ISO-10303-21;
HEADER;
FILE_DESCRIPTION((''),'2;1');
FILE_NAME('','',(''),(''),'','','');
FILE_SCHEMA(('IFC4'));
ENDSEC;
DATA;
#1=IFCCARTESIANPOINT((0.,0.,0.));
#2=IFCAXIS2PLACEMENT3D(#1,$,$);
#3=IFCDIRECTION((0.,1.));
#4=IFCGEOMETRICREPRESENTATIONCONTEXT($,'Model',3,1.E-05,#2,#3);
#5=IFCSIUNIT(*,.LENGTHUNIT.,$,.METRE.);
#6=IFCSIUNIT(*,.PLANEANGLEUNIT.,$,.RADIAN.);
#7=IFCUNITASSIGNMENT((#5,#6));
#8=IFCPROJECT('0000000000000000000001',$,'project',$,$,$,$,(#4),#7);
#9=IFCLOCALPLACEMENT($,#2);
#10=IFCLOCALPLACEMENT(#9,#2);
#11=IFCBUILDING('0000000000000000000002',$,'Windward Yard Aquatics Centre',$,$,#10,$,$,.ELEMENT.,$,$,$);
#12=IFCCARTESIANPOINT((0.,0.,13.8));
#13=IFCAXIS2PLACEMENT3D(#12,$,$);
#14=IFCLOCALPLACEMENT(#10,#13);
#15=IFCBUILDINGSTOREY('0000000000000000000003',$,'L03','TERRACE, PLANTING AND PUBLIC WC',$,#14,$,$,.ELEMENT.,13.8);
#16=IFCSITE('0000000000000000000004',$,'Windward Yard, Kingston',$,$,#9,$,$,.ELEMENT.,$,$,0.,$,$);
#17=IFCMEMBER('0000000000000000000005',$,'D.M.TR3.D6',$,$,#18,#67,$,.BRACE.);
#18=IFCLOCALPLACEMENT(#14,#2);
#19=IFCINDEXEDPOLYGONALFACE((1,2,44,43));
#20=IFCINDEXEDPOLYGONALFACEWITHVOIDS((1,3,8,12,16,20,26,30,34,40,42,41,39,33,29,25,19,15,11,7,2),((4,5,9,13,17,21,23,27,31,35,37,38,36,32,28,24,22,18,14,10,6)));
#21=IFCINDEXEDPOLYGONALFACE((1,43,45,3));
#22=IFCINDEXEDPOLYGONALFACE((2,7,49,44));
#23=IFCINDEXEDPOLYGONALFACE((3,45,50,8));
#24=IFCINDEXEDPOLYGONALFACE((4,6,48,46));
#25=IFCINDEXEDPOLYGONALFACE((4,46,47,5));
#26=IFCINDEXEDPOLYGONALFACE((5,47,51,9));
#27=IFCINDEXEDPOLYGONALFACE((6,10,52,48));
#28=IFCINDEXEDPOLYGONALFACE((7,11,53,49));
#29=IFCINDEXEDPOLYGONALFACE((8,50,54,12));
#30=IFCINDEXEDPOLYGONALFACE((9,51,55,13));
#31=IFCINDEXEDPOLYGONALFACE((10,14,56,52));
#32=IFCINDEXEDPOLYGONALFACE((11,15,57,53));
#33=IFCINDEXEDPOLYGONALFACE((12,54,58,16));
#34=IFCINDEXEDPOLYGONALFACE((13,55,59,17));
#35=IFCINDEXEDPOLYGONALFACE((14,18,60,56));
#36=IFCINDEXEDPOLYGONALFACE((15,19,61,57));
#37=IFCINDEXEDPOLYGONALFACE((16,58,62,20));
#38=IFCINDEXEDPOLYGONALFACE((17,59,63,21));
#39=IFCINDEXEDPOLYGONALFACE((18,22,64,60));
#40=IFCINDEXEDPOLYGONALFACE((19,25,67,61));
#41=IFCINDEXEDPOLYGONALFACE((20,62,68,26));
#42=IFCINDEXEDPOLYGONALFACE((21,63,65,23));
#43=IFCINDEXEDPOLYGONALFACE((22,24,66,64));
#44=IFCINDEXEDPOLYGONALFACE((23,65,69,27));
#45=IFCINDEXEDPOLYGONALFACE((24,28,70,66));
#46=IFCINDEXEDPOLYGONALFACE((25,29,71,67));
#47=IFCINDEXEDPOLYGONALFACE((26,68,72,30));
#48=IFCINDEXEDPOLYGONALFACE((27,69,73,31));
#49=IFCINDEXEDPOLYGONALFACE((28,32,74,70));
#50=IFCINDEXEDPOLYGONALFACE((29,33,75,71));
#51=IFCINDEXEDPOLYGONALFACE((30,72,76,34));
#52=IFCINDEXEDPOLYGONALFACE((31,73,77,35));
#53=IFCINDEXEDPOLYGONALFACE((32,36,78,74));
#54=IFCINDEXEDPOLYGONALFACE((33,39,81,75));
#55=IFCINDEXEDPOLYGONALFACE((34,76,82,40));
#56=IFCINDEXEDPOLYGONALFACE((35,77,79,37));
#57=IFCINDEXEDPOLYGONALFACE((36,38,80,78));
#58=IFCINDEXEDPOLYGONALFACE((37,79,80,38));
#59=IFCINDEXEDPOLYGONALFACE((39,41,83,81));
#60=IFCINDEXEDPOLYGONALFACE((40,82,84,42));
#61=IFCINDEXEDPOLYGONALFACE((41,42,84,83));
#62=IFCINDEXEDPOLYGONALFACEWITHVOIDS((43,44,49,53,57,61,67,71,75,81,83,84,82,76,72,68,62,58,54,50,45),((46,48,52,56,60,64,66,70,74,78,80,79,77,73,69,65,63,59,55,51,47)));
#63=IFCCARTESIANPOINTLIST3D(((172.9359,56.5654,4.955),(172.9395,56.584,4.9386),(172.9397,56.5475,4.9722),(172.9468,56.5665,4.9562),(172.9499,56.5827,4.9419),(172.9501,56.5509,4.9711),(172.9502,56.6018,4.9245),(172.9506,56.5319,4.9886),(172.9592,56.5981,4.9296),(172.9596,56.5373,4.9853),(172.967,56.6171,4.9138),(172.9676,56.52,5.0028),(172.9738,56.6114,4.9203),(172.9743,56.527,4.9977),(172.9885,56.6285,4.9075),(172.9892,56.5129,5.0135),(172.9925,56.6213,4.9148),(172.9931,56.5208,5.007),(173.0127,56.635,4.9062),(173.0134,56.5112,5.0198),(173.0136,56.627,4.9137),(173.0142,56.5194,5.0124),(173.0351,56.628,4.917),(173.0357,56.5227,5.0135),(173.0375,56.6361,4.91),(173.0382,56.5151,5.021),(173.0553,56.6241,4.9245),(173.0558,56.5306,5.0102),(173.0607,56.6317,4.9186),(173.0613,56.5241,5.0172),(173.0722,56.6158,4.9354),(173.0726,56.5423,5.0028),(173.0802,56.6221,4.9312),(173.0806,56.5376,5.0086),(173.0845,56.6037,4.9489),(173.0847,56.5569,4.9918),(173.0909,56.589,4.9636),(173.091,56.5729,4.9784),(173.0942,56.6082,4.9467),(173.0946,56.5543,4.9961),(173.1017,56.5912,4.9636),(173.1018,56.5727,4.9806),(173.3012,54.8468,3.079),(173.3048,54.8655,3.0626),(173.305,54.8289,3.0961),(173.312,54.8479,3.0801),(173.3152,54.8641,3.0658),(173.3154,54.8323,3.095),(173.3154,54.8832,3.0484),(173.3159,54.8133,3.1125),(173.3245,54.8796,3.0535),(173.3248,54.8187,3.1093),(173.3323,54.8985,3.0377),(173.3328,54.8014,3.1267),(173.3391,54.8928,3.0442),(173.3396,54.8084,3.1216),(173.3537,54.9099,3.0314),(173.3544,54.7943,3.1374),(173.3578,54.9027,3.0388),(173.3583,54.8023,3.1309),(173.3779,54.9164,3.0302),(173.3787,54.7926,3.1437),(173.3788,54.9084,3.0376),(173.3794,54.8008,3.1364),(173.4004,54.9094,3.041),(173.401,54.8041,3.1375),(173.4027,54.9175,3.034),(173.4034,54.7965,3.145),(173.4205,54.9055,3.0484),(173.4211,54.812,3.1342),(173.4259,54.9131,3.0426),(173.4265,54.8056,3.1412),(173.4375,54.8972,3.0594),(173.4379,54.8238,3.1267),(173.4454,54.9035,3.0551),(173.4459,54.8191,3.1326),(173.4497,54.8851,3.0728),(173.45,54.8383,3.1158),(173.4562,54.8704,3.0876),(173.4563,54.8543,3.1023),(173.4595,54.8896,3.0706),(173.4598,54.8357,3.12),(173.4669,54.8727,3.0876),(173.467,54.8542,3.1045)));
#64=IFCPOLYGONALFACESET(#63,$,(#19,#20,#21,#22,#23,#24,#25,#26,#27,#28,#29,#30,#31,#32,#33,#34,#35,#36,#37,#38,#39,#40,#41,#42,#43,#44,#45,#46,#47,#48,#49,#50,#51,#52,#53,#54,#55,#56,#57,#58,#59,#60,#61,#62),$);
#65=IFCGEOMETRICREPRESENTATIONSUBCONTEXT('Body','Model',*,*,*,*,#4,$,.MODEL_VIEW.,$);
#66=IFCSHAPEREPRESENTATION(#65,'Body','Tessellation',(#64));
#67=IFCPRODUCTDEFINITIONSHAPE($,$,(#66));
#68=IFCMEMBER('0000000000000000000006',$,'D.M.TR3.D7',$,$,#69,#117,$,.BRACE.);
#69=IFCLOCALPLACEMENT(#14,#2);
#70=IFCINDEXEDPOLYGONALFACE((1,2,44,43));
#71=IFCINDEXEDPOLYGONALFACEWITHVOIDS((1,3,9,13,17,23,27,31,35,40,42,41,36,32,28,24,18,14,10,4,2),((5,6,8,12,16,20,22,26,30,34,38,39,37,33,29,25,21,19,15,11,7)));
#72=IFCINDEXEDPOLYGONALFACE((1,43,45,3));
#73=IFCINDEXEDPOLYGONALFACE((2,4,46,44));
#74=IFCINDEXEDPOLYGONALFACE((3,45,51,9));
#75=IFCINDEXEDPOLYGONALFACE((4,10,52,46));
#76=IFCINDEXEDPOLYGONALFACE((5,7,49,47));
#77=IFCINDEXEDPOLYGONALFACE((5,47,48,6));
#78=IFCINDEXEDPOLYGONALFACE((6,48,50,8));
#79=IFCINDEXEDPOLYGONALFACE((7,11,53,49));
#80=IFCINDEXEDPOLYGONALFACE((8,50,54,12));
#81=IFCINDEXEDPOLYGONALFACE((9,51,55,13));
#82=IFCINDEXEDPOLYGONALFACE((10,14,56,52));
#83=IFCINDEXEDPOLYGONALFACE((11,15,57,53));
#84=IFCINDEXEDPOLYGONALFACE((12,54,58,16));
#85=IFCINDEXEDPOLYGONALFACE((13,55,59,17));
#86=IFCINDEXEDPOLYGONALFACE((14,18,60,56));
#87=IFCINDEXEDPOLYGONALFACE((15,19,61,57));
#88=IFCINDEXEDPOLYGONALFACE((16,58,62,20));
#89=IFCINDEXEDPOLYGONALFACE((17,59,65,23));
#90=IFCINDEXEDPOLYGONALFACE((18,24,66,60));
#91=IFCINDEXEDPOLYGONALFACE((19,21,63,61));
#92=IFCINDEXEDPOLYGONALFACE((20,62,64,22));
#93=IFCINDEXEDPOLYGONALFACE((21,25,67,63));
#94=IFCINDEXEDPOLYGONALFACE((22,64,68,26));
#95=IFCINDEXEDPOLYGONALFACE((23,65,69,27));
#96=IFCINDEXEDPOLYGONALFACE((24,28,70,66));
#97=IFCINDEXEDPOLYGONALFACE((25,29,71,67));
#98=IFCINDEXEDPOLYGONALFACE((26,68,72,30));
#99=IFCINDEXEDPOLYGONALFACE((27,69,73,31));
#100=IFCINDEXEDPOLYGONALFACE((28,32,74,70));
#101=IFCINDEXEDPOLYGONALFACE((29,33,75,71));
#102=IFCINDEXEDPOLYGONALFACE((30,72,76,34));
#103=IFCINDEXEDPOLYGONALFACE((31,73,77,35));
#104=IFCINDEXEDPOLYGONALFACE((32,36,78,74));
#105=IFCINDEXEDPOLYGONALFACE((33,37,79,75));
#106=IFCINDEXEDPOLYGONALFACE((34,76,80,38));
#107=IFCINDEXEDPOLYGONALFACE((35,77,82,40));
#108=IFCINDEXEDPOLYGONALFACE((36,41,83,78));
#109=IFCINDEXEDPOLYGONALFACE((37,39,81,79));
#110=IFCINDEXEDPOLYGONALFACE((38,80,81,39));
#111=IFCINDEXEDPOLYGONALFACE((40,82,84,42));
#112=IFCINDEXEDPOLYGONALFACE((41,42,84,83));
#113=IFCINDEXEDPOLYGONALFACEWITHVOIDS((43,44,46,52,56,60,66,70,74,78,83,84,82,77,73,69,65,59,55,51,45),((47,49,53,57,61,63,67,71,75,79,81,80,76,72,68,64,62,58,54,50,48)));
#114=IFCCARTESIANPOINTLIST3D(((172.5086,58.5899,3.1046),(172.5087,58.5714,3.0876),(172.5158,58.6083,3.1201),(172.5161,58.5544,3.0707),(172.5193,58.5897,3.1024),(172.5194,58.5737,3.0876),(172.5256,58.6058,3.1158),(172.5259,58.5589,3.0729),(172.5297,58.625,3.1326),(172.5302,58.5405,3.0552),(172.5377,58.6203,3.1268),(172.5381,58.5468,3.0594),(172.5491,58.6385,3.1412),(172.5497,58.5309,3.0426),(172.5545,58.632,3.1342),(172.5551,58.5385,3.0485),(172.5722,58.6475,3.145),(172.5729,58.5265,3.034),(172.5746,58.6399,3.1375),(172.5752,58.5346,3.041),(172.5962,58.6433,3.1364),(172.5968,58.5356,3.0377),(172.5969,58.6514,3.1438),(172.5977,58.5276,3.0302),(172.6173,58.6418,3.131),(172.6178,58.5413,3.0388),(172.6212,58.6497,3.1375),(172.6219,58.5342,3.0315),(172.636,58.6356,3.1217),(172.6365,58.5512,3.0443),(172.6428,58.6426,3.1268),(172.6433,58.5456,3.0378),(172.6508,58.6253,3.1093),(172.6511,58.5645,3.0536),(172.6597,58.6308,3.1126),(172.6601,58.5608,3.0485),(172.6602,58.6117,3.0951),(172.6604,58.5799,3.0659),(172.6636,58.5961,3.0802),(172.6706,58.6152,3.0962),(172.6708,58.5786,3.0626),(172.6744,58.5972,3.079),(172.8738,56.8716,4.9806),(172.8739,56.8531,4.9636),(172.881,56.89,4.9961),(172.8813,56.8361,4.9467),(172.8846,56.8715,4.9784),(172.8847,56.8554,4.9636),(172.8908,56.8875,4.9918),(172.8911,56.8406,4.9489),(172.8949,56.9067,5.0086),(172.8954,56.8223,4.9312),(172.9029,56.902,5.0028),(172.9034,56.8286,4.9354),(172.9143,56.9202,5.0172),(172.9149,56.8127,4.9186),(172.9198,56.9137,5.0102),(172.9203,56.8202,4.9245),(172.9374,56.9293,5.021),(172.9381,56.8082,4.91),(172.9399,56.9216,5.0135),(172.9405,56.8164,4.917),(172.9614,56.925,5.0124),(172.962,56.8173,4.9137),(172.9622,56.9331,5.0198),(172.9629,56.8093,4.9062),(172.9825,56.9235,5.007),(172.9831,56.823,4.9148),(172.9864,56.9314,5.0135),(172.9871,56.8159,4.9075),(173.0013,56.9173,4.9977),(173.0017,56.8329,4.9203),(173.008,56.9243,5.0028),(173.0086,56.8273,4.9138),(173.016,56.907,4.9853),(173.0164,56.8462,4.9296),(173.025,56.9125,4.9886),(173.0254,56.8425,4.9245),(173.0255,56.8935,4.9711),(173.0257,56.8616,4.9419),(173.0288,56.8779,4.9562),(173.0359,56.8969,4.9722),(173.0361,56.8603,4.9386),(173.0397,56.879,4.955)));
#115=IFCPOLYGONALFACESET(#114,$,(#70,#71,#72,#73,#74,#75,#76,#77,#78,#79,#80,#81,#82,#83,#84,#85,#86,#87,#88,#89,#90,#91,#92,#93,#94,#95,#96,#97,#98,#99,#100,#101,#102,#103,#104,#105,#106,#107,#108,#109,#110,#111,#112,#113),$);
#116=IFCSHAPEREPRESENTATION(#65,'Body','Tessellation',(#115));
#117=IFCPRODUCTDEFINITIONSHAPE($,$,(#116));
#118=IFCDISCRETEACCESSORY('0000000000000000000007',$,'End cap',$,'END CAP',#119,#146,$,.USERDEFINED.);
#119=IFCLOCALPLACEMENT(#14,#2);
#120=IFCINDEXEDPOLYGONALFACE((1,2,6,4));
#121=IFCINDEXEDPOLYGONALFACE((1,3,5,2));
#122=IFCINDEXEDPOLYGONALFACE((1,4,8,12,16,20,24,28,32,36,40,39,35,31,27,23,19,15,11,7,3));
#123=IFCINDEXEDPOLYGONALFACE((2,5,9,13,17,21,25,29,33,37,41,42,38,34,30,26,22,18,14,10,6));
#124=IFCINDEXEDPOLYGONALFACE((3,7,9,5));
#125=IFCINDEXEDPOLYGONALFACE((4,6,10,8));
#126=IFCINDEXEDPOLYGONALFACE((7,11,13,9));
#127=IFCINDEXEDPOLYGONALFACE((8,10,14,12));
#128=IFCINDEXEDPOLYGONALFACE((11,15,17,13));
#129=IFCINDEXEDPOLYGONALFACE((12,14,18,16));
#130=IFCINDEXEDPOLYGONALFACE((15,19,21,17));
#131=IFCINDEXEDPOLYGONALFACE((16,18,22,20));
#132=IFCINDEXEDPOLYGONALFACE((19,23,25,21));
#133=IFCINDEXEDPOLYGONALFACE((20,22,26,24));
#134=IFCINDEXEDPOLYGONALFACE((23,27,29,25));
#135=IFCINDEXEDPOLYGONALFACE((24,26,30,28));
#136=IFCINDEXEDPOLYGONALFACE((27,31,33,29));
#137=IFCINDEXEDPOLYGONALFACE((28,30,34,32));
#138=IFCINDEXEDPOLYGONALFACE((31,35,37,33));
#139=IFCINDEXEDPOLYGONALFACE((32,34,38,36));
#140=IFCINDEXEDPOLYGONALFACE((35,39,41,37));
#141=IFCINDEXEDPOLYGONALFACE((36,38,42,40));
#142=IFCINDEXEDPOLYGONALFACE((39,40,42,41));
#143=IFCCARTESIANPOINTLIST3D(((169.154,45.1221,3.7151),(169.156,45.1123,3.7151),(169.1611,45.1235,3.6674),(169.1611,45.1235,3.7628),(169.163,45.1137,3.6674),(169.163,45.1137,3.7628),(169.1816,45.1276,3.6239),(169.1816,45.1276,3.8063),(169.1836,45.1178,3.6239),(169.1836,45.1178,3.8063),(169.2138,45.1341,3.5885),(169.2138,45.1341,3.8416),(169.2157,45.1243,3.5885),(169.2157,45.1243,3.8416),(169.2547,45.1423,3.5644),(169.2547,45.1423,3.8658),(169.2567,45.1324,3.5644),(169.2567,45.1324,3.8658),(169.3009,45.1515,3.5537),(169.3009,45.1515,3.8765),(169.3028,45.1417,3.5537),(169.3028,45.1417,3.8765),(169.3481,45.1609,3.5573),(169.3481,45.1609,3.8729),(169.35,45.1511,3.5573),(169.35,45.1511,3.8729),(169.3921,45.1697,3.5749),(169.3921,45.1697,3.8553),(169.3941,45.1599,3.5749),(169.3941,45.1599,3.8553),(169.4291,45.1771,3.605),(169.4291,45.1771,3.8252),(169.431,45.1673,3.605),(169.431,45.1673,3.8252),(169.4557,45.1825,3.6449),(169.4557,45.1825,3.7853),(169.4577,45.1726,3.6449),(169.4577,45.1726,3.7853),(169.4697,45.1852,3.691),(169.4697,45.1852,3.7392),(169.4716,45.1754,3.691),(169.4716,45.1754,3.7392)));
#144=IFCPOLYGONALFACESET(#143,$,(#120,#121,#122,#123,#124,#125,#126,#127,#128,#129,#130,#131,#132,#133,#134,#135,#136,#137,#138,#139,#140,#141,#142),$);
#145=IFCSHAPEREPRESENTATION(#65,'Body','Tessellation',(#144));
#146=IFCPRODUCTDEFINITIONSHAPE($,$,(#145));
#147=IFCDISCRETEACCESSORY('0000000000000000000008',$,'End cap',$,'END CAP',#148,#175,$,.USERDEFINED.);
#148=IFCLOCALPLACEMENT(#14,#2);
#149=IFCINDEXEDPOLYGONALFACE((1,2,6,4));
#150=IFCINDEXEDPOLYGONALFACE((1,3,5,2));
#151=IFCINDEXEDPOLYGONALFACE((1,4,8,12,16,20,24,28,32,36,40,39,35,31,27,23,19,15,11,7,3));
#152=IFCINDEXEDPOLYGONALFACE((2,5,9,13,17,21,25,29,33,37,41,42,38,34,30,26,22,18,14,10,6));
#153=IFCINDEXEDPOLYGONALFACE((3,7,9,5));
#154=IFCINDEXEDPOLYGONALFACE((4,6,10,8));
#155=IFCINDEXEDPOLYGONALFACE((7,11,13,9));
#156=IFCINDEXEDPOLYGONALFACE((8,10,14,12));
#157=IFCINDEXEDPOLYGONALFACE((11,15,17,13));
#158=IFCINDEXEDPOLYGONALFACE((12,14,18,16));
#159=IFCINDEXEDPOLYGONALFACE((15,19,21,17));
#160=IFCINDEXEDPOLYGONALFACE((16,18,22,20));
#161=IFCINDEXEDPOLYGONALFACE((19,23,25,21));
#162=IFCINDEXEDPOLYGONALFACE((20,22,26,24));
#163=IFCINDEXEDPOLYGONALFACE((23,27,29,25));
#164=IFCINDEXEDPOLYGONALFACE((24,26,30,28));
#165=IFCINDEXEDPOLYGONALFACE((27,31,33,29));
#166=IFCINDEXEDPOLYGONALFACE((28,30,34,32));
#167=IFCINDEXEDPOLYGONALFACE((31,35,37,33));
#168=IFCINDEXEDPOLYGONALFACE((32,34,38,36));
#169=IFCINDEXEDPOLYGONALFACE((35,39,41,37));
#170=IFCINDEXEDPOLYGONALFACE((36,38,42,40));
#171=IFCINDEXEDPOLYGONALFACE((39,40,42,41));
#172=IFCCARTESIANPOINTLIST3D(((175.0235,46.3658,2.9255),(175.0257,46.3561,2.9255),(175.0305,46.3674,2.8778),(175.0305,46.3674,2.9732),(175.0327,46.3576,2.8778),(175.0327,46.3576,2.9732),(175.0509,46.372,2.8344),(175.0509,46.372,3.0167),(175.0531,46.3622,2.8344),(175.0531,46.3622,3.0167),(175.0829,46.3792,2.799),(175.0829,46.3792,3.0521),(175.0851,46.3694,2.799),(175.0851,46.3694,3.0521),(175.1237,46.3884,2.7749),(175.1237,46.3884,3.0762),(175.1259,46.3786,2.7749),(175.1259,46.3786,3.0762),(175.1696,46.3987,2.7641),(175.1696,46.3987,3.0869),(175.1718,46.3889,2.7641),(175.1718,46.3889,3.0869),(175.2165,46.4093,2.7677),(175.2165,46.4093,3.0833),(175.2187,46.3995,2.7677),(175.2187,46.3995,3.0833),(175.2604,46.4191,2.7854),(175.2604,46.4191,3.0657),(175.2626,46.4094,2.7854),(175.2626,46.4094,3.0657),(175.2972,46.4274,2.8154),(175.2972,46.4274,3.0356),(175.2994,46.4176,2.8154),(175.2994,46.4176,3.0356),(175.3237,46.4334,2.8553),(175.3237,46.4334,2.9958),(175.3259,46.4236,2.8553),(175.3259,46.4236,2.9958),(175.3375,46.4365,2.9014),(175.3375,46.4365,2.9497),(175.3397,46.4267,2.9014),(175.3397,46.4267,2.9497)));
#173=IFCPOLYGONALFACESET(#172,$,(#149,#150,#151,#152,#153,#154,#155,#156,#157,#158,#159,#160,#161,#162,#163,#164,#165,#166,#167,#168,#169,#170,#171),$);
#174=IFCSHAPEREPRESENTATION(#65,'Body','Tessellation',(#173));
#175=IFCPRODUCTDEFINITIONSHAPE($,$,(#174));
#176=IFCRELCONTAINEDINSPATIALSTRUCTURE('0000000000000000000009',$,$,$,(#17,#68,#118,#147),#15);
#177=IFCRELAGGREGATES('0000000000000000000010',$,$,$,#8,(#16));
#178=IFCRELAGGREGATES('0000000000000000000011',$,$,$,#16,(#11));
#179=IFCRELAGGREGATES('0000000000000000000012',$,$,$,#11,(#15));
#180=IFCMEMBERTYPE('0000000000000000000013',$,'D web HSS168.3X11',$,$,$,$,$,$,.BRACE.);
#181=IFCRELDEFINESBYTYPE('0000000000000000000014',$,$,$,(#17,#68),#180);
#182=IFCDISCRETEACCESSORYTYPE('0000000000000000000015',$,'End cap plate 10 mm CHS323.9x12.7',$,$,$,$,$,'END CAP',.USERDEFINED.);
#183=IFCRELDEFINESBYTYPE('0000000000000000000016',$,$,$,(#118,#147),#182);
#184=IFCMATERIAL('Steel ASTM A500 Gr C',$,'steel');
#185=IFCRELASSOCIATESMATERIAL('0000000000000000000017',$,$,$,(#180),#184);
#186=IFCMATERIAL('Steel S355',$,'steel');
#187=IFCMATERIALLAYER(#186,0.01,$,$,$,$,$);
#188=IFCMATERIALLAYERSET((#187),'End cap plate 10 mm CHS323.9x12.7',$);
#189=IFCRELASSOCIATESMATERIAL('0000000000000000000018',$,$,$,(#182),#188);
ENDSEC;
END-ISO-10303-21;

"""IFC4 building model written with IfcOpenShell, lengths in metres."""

from ifc_helpers import new_model, si_unit, direction, frame, origin, origin_2d, place, context, subcontext, project, spatial, circle, hollow_circle, extrude, material, layer, layer_set, material_profile, profile_set, type_object, element, save


model = new_model("IFC4")

# Units and contexts
model_context = context("Model", 3, precision=1e-05, world=origin(), true_north=direction((0.0, 1.0)))
body_context = subcontext(model_context, "Body", "Model", "MODEL_VIEW")
ifc_project = project(units=[si_unit("LENGTHUNIT", "METRE"), si_unit("PLANEANGLEUNIT", "RADIAN")], contexts=[model_context])

# Site, building, storey
site_placement = place(None, origin())
site = spatial("IfcSite", under=ifc_project, at=site_placement, Name="Windward Yard, Kingston", CompositionType="ELEMENT", RefElevation=0.0)
building_placement = place(site_placement, origin())
building = spatial("IfcBuilding", under=site, at=building_placement, Name="Windward Yard Aquatics Centre", CompositionType="ELEMENT")
storey_placement = place(building_placement, frame((0.0, 0.0, 13.8)))
storey = spatial("IfcBuildingStorey", under=building, at=storey_placement, Name="L03", Description="TERRACE, PLANTING AND PUBLIC WC", CompositionType="ELEMENT", Elevation=13.8)

# Shared definitions
ifc_material_1 = material(Name="Steel ASTM A500 Gr C", Category="steel")

# Members
ifc_material_profile_1 = material_profile(ifc_material_1, hollow_circle(Radius=0.0842, WallThickness=0.011, at=origin_2d()), Name="HSS168.3X11")
ifc_profile_set_1 = profile_set([ifc_material_profile_1], Name="Steel ASTM A500 Gr C")
member_type_1 = type_object("IfcMemberType", Name="D web HSS168.3X11", PredefinedType="BRACE", material=ifc_profile_set_1)
member_1_placement = place(storey_placement, frame((173.0193, 56.5737, 4.9636), z_axis=(0.142103, -0.668626, -0.729894), x_axis=(0.978153, 0.207887, 0.0)))
element("IfcMember", 1, at=member_1_placement, inside=storey, type_object=member_type_1, Name="D.M.TR3.D6", PredefinedType="BRACE", context=body_context, shape_type="SweptSolid", body=[
    extrude(hollow_circle(Radius=0.0842, WallThickness=0.011, at=origin_2d()), origin(), (0.0, 0.0, 1.0), 2.5703),
])
member_2_placement = place(storey_placement, frame((172.9563, 56.8706, 4.9636), z_axis=(-0.142112, 0.668574, -0.729941), x_axis=(-0.978147, -0.207915, 0.0)))
element("IfcMember", 2, at=member_2_placement, inside=storey, type_object=member_type_1, Name="D.M.TR3.D7", PredefinedType="BRACE", context=body_context, shape_type="SweptSolid", body=[
    extrude(hollow_circle(Radius=0.0842, WallThickness=0.011, at=origin_2d()), origin(), (0.0, 0.0, 1.0), 2.5701),
])

# Discrete accessories
ifc_material_2 = material(Name="Steel S355", Category="steel")
ifc_layer_1 = layer(ifc_material_2, 0.01)
ifc_layer_set_1 = layer_set([ifc_layer_1], Name="End cap plate 10 mm CHS323.9x12.7")
discrete_accessory_type_1 = type_object("IfcDiscreteAccessoryType", Name="End cap plate 10 mm CHS323.9x12.7", ElementType="END CAP", PredefinedType="USERDEFINED", material=ifc_layer_set_1)
for number, where, z_axis, x_axis, name in (
    (3, (169.3147, 45.144, 3.7151), (-0.196116, 0.980581, 0.0), (-0.980581, -0.196116, 0.0), "End cap"),
    (4, (175.1836, 46.3916, 2.9255), (-0.219512, 0.97561, 0.0), (-0.97561, -0.219512, 0.0), "End cap"),
):
    element("IfcDiscreteAccessory", number, at=place(storey_placement, frame(where, z_axis=z_axis, x_axis=x_axis)), inside=storey, type_object=discrete_accessory_type_1, Name=name, ObjectType="END CAP", PredefinedType="USERDEFINED", context=body_context, shape_type="SweptSolid", body=[
        extrude(circle(Radius=0.1619, at=origin_2d()), origin(), (0.0, 0.0, 1.0), 0.01),
    ])

save(model, "model.ifc")
